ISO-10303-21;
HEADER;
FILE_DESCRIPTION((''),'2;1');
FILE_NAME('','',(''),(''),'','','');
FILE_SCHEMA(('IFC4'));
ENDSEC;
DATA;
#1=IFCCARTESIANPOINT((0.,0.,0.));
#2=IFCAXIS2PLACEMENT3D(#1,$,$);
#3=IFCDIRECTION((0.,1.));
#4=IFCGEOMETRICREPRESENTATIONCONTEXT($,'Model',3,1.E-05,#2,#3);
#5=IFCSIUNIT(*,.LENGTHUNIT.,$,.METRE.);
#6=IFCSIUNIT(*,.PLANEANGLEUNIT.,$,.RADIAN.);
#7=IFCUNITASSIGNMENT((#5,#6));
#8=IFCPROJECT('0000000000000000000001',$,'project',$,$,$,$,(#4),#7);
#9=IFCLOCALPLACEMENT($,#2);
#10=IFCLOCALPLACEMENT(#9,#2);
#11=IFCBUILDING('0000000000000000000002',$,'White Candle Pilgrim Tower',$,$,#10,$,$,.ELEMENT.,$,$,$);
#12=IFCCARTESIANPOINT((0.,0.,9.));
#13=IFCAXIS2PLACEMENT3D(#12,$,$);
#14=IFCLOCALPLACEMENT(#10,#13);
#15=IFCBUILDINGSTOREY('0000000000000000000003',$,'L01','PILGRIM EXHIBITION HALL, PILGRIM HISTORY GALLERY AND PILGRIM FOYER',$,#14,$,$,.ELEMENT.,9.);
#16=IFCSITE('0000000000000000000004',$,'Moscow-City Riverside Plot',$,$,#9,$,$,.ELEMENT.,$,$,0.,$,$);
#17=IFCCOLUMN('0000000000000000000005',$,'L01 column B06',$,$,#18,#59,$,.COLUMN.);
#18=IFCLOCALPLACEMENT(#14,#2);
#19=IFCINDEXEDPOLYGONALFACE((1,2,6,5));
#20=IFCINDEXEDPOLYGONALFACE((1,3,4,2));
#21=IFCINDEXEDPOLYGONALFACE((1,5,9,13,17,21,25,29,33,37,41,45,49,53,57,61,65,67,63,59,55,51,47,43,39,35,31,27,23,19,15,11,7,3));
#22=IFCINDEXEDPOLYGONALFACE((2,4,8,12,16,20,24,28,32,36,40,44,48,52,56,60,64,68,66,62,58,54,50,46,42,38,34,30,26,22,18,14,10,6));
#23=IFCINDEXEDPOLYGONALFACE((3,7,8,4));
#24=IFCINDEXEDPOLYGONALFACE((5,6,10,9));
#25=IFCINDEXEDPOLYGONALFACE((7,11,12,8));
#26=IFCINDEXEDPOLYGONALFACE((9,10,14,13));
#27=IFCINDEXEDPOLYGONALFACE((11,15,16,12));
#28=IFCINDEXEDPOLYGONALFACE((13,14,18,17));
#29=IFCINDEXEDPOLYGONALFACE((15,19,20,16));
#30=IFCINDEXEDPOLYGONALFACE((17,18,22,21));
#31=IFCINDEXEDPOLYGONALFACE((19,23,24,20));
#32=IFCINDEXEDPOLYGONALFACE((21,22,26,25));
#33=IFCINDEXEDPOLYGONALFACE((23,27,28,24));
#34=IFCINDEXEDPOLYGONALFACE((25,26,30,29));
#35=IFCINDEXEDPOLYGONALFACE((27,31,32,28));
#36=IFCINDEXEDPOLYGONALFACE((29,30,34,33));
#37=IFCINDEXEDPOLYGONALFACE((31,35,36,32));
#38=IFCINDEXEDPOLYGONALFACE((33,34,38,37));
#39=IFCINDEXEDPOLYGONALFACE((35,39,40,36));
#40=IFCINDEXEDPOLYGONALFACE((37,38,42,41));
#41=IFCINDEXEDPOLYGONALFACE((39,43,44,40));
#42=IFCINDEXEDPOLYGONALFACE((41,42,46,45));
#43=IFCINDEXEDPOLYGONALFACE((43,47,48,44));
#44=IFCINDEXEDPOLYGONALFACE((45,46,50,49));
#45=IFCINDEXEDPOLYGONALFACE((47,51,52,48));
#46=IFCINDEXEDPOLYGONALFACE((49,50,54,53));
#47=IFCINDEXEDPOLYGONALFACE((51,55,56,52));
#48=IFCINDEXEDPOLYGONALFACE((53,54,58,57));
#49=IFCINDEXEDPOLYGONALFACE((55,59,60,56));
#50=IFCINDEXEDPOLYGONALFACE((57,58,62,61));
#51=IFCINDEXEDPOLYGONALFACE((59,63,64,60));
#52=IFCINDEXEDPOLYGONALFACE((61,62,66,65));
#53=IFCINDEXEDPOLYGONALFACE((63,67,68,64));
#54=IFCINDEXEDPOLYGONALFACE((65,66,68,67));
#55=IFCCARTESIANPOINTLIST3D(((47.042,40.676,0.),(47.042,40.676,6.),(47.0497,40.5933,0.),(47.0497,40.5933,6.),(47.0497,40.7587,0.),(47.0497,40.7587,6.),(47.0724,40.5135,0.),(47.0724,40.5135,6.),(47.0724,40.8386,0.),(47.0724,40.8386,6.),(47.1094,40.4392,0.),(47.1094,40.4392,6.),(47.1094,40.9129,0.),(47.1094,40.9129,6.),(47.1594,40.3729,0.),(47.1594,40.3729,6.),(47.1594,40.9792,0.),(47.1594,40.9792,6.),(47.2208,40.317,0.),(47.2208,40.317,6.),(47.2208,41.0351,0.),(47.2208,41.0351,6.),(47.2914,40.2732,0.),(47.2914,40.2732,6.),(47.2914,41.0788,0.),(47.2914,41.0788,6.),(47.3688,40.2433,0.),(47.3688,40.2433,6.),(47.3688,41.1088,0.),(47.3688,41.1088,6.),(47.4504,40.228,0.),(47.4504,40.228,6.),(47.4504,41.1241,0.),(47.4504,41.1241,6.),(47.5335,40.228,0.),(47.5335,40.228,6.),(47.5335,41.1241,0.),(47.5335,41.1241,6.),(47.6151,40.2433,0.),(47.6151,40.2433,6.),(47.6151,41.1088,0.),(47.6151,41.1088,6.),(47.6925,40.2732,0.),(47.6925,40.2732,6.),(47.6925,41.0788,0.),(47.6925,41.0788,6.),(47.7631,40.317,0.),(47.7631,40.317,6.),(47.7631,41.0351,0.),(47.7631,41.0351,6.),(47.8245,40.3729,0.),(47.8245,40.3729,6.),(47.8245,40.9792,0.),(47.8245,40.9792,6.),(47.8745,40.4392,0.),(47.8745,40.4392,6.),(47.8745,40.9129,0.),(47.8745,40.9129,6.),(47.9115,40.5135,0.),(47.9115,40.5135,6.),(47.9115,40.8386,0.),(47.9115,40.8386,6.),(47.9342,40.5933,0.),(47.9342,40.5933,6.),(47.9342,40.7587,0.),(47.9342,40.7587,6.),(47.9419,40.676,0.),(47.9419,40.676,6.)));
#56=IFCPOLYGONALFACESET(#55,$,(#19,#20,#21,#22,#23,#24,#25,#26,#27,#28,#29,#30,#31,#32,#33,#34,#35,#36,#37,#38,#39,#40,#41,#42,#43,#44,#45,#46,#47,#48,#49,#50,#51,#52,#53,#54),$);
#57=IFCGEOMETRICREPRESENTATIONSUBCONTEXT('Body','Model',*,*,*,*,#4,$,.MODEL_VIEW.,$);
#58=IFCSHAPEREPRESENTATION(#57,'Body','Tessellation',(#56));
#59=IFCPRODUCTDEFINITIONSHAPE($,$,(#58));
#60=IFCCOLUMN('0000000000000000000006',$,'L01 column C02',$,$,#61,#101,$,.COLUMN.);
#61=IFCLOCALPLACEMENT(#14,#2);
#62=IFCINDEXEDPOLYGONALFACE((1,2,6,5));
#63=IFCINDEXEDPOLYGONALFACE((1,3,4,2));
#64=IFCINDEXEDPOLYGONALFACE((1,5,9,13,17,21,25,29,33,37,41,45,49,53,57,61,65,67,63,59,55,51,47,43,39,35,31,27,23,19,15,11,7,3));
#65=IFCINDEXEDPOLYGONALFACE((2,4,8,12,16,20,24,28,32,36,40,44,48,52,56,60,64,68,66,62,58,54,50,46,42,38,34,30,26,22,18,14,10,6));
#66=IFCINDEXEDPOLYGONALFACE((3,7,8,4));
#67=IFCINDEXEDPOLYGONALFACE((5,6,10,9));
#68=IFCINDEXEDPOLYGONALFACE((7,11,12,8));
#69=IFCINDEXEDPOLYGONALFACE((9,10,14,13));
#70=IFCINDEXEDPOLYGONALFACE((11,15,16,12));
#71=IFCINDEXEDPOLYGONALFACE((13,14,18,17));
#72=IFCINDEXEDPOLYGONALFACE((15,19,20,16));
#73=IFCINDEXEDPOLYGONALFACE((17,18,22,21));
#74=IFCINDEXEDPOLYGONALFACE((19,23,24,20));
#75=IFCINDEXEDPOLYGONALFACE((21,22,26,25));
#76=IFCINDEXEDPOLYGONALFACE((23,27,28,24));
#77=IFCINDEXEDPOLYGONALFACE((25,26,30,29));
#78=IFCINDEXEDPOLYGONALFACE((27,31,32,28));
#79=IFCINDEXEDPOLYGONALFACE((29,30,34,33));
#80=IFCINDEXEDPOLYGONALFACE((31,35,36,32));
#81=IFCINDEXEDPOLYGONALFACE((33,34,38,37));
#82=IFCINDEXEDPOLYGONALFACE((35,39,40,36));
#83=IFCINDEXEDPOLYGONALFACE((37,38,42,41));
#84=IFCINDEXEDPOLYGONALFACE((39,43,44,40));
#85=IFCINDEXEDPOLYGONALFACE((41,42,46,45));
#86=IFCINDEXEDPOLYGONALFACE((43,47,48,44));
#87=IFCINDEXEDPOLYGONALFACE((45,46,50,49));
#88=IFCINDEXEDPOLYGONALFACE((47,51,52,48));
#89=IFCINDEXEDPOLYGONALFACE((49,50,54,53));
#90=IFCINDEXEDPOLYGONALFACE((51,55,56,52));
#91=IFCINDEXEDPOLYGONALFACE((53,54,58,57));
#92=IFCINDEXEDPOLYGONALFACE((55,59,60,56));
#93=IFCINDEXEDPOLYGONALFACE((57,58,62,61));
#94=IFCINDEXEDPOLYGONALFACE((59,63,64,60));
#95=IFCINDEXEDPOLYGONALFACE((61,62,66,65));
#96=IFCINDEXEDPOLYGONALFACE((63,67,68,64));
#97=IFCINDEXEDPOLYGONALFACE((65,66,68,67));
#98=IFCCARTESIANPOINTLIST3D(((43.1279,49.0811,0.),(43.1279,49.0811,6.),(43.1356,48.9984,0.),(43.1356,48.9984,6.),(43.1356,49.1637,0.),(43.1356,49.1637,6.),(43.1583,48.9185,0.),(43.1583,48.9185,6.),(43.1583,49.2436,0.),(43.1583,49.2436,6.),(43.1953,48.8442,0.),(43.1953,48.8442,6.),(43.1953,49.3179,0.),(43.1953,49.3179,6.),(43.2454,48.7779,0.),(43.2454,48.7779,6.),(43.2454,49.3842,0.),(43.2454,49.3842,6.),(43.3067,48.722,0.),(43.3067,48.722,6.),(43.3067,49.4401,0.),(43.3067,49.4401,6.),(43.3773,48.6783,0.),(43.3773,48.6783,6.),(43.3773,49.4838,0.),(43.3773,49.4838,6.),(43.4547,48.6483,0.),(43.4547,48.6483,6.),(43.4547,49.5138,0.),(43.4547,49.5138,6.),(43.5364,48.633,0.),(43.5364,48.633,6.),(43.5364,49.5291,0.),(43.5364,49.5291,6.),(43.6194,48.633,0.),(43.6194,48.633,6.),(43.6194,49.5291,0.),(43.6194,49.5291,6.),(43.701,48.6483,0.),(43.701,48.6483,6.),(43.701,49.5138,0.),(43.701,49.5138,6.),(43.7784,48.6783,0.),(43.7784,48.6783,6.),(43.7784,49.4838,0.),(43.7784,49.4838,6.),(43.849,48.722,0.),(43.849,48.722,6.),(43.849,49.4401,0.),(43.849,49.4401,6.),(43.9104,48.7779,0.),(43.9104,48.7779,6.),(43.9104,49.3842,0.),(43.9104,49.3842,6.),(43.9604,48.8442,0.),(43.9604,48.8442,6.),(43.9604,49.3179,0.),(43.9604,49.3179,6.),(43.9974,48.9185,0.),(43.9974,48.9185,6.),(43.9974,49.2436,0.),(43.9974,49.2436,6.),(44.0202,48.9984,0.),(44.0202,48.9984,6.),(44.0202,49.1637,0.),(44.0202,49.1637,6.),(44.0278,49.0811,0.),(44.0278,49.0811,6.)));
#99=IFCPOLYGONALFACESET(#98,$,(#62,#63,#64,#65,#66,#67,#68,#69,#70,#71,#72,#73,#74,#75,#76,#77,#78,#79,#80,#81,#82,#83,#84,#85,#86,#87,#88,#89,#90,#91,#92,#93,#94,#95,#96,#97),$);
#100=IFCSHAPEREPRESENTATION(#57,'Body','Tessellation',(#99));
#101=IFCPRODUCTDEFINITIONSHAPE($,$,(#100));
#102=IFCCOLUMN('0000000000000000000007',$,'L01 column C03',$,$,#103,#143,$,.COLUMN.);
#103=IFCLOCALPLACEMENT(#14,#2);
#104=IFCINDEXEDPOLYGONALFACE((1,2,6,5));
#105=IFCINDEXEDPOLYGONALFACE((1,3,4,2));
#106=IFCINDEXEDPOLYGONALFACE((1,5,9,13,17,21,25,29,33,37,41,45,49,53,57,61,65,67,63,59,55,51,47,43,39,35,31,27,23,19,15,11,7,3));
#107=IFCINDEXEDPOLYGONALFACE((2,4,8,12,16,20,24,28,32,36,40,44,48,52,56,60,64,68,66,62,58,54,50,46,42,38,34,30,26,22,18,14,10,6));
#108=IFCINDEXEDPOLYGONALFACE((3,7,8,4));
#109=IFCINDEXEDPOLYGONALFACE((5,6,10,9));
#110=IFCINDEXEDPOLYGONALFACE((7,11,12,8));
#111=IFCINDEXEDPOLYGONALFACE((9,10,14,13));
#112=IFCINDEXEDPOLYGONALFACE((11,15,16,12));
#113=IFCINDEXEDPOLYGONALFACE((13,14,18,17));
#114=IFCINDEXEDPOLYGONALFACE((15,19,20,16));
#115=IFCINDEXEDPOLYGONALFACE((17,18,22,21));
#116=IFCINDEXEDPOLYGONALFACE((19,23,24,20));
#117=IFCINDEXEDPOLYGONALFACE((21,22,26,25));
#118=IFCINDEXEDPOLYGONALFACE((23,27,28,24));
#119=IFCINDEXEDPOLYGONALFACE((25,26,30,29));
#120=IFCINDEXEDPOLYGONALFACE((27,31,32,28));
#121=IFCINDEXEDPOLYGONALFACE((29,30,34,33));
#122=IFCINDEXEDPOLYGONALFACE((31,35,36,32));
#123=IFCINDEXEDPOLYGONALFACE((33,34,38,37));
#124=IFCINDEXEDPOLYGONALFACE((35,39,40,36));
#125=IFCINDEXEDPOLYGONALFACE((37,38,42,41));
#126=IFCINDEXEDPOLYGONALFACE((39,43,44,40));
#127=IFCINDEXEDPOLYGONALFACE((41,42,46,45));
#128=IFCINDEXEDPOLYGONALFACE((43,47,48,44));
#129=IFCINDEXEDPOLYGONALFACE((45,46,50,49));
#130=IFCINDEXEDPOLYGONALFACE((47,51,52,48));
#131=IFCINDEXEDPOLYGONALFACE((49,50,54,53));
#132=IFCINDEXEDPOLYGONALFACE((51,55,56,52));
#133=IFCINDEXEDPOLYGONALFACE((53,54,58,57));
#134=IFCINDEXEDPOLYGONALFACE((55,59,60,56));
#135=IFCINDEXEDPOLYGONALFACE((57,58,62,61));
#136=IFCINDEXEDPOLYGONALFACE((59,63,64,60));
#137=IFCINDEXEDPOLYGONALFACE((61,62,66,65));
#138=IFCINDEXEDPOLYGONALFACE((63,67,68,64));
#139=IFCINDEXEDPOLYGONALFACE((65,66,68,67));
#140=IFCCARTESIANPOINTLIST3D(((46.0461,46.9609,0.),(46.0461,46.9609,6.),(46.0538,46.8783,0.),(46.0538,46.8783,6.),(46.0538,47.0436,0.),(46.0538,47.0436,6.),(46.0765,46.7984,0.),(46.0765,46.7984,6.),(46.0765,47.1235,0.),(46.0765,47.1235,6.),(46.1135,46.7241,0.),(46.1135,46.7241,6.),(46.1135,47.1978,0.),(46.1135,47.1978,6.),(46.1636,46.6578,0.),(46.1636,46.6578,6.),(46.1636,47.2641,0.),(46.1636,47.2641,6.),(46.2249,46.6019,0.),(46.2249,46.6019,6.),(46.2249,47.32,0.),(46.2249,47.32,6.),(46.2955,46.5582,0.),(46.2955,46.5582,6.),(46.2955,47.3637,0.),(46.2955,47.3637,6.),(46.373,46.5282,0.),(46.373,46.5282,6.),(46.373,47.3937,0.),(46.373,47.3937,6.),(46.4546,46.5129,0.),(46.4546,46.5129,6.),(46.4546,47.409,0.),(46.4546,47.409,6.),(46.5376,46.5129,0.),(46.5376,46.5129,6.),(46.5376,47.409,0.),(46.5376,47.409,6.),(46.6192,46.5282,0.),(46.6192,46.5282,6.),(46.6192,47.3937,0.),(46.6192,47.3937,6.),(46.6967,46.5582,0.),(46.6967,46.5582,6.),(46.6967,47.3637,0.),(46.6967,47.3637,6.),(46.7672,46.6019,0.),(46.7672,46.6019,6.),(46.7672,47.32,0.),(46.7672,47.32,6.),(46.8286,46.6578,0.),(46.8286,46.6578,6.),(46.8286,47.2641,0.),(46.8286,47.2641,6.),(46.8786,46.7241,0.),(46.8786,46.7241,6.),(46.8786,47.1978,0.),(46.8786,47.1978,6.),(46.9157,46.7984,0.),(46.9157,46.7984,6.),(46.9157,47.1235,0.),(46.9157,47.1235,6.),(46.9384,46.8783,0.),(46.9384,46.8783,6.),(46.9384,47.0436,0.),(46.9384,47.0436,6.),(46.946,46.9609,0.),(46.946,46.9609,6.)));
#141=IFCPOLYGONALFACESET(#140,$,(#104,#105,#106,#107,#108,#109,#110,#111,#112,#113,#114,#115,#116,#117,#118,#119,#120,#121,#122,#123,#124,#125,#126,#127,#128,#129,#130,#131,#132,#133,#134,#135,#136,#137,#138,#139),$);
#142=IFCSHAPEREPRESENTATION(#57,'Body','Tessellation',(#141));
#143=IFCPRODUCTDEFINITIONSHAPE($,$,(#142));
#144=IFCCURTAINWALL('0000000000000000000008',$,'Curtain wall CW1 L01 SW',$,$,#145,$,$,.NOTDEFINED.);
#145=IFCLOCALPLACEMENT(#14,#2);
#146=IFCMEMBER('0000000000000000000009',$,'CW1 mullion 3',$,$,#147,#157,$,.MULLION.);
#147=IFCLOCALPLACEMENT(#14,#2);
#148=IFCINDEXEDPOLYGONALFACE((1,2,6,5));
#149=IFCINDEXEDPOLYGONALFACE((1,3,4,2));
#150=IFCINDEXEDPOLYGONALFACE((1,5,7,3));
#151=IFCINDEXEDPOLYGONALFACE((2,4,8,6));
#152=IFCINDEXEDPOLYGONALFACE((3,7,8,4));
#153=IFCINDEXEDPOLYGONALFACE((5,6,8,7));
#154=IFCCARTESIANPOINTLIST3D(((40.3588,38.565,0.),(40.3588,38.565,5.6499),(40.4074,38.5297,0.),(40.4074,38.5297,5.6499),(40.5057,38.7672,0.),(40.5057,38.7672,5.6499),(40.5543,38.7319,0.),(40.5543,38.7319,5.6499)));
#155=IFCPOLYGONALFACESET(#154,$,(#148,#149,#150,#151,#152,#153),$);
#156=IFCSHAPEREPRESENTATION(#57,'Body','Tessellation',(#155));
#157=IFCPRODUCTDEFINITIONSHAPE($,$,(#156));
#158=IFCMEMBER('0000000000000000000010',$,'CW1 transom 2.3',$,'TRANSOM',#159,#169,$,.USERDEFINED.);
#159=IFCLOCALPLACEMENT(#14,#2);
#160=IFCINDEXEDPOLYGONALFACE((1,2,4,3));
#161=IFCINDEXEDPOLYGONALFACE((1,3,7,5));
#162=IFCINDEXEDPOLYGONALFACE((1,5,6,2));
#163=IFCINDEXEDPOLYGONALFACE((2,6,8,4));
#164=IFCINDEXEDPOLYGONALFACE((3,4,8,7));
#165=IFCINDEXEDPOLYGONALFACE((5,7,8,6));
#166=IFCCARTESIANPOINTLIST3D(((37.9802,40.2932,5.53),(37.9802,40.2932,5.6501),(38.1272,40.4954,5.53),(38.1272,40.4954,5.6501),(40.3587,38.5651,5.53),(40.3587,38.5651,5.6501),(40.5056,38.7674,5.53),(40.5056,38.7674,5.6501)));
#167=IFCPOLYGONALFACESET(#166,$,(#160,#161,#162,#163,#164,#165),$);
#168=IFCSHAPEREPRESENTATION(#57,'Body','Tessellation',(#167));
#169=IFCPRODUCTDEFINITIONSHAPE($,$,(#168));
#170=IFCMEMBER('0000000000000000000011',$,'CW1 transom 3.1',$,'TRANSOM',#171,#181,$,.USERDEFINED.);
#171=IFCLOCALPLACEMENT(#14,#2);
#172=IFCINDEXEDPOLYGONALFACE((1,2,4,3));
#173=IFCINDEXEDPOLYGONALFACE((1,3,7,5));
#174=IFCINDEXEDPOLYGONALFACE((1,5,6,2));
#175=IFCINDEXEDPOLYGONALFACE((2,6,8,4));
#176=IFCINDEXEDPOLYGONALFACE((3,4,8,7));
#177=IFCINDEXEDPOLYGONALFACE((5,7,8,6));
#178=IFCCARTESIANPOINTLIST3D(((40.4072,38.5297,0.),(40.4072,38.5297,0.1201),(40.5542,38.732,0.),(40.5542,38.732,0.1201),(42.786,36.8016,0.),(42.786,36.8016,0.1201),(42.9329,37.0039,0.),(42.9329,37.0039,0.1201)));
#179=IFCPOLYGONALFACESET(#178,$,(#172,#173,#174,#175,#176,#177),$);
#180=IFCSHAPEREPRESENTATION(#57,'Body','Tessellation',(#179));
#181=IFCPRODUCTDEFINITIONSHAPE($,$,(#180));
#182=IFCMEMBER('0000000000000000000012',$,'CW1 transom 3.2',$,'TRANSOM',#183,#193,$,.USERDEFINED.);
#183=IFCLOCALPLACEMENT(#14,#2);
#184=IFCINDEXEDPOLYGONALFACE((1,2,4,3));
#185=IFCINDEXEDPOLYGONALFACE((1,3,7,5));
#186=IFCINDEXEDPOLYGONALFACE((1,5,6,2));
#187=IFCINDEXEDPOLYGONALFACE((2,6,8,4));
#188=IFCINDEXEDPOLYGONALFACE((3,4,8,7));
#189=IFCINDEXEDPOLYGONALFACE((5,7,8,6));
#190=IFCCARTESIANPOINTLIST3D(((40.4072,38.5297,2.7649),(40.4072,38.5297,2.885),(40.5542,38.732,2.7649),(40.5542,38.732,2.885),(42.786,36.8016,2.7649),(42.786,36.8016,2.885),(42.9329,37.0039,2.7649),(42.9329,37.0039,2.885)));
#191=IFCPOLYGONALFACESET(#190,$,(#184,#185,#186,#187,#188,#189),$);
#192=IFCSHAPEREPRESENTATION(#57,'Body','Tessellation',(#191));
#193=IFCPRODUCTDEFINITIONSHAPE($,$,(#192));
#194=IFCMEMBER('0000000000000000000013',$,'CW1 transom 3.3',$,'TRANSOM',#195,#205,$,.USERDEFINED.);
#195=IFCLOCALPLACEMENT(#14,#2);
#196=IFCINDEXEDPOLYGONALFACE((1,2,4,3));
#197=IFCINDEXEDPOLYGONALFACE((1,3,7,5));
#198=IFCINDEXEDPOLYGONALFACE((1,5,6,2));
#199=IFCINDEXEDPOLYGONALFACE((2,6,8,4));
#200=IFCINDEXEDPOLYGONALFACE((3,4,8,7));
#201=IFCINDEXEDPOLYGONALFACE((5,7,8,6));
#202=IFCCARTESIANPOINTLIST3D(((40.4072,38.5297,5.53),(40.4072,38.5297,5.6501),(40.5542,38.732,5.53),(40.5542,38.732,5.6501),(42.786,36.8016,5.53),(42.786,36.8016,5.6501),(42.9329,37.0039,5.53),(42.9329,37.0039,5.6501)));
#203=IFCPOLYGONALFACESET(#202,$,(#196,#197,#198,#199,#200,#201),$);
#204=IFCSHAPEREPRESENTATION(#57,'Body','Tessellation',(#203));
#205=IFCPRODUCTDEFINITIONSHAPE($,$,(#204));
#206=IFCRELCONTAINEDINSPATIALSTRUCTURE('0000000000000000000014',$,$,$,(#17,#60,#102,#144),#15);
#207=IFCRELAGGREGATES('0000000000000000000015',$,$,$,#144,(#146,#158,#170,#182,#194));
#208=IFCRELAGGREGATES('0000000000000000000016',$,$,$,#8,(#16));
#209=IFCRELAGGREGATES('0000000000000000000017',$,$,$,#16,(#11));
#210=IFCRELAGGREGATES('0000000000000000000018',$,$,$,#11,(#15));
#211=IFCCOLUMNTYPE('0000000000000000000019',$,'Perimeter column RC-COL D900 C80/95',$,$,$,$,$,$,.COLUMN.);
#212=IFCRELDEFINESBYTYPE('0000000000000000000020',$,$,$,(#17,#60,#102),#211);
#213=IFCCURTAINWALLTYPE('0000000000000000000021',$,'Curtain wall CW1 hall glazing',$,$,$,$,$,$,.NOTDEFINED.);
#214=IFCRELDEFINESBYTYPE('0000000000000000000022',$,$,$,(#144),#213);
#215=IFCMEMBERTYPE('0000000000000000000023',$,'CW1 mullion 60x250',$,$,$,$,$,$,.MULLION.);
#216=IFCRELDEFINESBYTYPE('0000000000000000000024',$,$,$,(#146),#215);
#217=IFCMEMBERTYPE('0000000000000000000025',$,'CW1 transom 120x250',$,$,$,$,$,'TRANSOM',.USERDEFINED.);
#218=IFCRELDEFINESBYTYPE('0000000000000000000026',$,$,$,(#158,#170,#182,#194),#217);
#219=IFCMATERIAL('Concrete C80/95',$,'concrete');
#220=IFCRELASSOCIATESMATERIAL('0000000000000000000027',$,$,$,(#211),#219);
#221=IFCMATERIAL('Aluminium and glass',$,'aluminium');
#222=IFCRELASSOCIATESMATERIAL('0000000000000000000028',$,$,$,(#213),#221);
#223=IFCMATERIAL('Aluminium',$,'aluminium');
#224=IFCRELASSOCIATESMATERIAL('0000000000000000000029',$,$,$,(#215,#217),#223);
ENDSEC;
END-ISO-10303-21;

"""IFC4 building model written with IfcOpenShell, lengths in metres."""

from ifc_helpers import new_model, si_unit, direction, frame, origin, origin_2d, place, context, subcontext, project, spatial, rectangle, circle, extrude, material, material_profile, profile_set, type_object, element, aggregate, save


model = new_model("IFC4")

# Units and contexts
model_context = context("Model", 3, precision=1e-05, world=origin(), true_north=direction((0.0, 1.0)))
body_context = subcontext(model_context, "Body", "Model", "MODEL_VIEW")
ifc_project = project(units=[si_unit("LENGTHUNIT", "METRE"), si_unit("PLANEANGLEUNIT", "RADIAN")], contexts=[model_context])

# Site, building, storey
site_placement = place(None, origin())
site = spatial("IfcSite", under=ifc_project, at=site_placement, Name="Moscow-City Riverside Plot", CompositionType="ELEMENT", RefElevation=0.0)
building_placement = place(site_placement, origin())
building = spatial("IfcBuilding", under=site, at=building_placement, Name="White Candle Pilgrim Tower", CompositionType="ELEMENT")
storey_placement = place(building_placement, frame((0.0, 0.0, 9.0)))
storey = spatial("IfcBuildingStorey", under=building, at=storey_placement, Name="L01", Description="PILGRIM EXHIBITION HALL, PILGRIM HISTORY GALLERY AND PILGRIM FOYER", CompositionType="ELEMENT", Elevation=9.0)

# Columns
ifc_material_1 = material(Name="Concrete C80/95", Category="concrete")
ifc_material_profile_1 = material_profile(ifc_material_1, circle(Radius=0.45, at=origin_2d()), Name="RC-COL D900")
ifc_profile_set_1 = profile_set([ifc_material_profile_1], Name="Concrete C80/95")
column_type = type_object("IfcColumnType", Name="Perimeter column RC-COL D900 C80/95", PredefinedType="COLUMN", material=ifc_profile_set_1)
for number, where, z_axis, x_axis, name in (
    (1, (47.4919, 40.676, 0.0), (0.0, 0.0, 1.0), (1.0, 0.0, 0.0), "L01 column B06"),
    (2, (43.5779, 49.0811, 0.0), (0.0, 0.0, 1.0), (1.0, 0.0, 0.0), "L01 column C02"),
    (3, (46.4961, 46.9609, 0.0), (0.0, 0.0, 1.0), (1.0, 0.0, 0.0), "L01 column C03"),
):
    element("IfcColumn", number, at=place(storey_placement, frame(where, z_axis=z_axis, x_axis=x_axis)), inside=storey, type_object=column_type, Name=name, PredefinedType="COLUMN", context=body_context, shape_type="SweptSolid", body=[
        extrude(circle(Radius=0.45, at=origin_2d()), origin(), (0.0, 0.0, 1.0), 6.0),
    ])

# Curtain wall, members
ifc_material_2 = material(Name="Aluminium and glass", Category="aluminium")
curtain_wall_type = type_object("IfcCurtainWallType", Name="Curtain wall CW1 hall glazing", PredefinedType="NOTDEFINED", material=ifc_material_2)
curtain_wall_placement = place(storey_placement, origin())
curtain_wall = element("IfcCurtainWall", 4, at=curtain_wall_placement, inside=storey, type_object=curtain_wall_type, Name="Curtain wall CW1 L01 SW", PredefinedType="NOTDEFINED")
ifc_material_3 = material(Name="Aluminium", Category="aluminium")
ifc_material_profile_2 = material_profile(ifc_material_3, rectangle(XDim=0.25, YDim=0.0601, at=origin_2d()), Name="CW1 mullion 60x250")
ifc_profile_set_2 = profile_set([ifc_material_profile_2], Name="Aluminium")
member_type_1 = type_object("IfcMemberType", Name="CW1 mullion 60x250", PredefinedType="MULLION", material=ifc_profile_set_2)
member_1_placement = place(storey_placement, frame((40.4565, 38.6484, 0.0), z_axis=(0.0, 0.0, 1.0), x_axis=(0.587785, 0.809017, 0.0)))
member_1 = element("IfcMember", 5, at=member_1_placement, type_object=member_type_1, Name="CW1 mullion 3", PredefinedType="MULLION", context=body_context, shape_type="SweptSolid", body=[
    extrude(rectangle(XDim=0.25, YDim=0.0601, at=origin_2d()), origin(), (0.0, 0.0, 1.0), 5.6499),
])
ifc_material_profile_3 = material_profile(ifc_material_3, rectangle(XDim=0.25, YDim=0.1201, at=origin_2d()), Name="CW1 transom 120x250")
ifc_profile_set_3 = profile_set([ifc_material_profile_3], Name="Aluminium")
member_type_2 = type_object("IfcMemberType", Name="CW1 transom 120x250", ElementType="TRANSOM", PredefinedType="USERDEFINED", material=ifc_profile_set_3)
member_2_placement = place(storey_placement, frame((38.0537, 40.3943, 5.5901), z_axis=(0.809016, -0.587786, 0.0), x_axis=(0.587786, 0.809016, 0.0)))
member_2 = element("IfcMember", 6, at=member_2_placement, type_object=member_type_2, Name="CW1 transom 2.3", ObjectType="TRANSOM", PredefinedType="USERDEFINED", context=body_context, shape_type="SweptSolid", body=[
    extrude(rectangle(XDim=0.25, YDim=0.1201, at=origin_2d()), origin(), (0.0, 0.0, 1.0), 2.9399),
])
member_3_placement = place(storey_placement, frame((40.4807, 38.6309, 0.0601), z_axis=(0.809045, -0.587747, 0.0), x_axis=(0.587747, 0.809045, 0.0)))
member_3 = element("IfcMember", 7, at=member_3_placement, type_object=member_type_2, Name="CW1 transom 3.1", ObjectType="TRANSOM", PredefinedType="USERDEFINED", context=body_context, shape_type="SweptSolid", body=[
    extrude(rectangle(XDim=0.25, YDim=0.1201, at=origin_2d()), origin(), (0.0, 0.0, 1.0), 2.9402),
])
member_4_placement = place(storey_placement, frame((40.4807, 38.6309, 2.825), z_axis=(0.809045, -0.587747, 0.0), x_axis=(0.587747, 0.809045, 0.0)))
member_4 = element("IfcMember", 8, at=member_4_placement, type_object=member_type_2, Name="CW1 transom 3.2", ObjectType="TRANSOM", PredefinedType="USERDEFINED", context=body_context, shape_type="SweptSolid", body=[
    extrude(rectangle(XDim=0.25, YDim=0.1201, at=origin_2d()), origin(), (0.0, 0.0, 1.0), 2.9402),
])
member_5_placement = place(storey_placement, frame((40.4807, 38.6309, 5.5901), z_axis=(0.809045, -0.587747, 0.0), x_axis=(0.587747, 0.809045, 0.0)))
member_5 = element("IfcMember", 9, at=member_5_placement, type_object=member_type_2, Name="CW1 transom 3.3", ObjectType="TRANSOM", PredefinedType="USERDEFINED", context=body_context, shape_type="SweptSolid", body=[
    extrude(rectangle(XDim=0.25, YDim=0.1201, at=origin_2d()), origin(), (0.0, 0.0, 1.0), 2.9402),
])

aggregate(curtain_wall, [member_1, member_2, member_3, member_4, member_5])

save(model, "model.ifc")
